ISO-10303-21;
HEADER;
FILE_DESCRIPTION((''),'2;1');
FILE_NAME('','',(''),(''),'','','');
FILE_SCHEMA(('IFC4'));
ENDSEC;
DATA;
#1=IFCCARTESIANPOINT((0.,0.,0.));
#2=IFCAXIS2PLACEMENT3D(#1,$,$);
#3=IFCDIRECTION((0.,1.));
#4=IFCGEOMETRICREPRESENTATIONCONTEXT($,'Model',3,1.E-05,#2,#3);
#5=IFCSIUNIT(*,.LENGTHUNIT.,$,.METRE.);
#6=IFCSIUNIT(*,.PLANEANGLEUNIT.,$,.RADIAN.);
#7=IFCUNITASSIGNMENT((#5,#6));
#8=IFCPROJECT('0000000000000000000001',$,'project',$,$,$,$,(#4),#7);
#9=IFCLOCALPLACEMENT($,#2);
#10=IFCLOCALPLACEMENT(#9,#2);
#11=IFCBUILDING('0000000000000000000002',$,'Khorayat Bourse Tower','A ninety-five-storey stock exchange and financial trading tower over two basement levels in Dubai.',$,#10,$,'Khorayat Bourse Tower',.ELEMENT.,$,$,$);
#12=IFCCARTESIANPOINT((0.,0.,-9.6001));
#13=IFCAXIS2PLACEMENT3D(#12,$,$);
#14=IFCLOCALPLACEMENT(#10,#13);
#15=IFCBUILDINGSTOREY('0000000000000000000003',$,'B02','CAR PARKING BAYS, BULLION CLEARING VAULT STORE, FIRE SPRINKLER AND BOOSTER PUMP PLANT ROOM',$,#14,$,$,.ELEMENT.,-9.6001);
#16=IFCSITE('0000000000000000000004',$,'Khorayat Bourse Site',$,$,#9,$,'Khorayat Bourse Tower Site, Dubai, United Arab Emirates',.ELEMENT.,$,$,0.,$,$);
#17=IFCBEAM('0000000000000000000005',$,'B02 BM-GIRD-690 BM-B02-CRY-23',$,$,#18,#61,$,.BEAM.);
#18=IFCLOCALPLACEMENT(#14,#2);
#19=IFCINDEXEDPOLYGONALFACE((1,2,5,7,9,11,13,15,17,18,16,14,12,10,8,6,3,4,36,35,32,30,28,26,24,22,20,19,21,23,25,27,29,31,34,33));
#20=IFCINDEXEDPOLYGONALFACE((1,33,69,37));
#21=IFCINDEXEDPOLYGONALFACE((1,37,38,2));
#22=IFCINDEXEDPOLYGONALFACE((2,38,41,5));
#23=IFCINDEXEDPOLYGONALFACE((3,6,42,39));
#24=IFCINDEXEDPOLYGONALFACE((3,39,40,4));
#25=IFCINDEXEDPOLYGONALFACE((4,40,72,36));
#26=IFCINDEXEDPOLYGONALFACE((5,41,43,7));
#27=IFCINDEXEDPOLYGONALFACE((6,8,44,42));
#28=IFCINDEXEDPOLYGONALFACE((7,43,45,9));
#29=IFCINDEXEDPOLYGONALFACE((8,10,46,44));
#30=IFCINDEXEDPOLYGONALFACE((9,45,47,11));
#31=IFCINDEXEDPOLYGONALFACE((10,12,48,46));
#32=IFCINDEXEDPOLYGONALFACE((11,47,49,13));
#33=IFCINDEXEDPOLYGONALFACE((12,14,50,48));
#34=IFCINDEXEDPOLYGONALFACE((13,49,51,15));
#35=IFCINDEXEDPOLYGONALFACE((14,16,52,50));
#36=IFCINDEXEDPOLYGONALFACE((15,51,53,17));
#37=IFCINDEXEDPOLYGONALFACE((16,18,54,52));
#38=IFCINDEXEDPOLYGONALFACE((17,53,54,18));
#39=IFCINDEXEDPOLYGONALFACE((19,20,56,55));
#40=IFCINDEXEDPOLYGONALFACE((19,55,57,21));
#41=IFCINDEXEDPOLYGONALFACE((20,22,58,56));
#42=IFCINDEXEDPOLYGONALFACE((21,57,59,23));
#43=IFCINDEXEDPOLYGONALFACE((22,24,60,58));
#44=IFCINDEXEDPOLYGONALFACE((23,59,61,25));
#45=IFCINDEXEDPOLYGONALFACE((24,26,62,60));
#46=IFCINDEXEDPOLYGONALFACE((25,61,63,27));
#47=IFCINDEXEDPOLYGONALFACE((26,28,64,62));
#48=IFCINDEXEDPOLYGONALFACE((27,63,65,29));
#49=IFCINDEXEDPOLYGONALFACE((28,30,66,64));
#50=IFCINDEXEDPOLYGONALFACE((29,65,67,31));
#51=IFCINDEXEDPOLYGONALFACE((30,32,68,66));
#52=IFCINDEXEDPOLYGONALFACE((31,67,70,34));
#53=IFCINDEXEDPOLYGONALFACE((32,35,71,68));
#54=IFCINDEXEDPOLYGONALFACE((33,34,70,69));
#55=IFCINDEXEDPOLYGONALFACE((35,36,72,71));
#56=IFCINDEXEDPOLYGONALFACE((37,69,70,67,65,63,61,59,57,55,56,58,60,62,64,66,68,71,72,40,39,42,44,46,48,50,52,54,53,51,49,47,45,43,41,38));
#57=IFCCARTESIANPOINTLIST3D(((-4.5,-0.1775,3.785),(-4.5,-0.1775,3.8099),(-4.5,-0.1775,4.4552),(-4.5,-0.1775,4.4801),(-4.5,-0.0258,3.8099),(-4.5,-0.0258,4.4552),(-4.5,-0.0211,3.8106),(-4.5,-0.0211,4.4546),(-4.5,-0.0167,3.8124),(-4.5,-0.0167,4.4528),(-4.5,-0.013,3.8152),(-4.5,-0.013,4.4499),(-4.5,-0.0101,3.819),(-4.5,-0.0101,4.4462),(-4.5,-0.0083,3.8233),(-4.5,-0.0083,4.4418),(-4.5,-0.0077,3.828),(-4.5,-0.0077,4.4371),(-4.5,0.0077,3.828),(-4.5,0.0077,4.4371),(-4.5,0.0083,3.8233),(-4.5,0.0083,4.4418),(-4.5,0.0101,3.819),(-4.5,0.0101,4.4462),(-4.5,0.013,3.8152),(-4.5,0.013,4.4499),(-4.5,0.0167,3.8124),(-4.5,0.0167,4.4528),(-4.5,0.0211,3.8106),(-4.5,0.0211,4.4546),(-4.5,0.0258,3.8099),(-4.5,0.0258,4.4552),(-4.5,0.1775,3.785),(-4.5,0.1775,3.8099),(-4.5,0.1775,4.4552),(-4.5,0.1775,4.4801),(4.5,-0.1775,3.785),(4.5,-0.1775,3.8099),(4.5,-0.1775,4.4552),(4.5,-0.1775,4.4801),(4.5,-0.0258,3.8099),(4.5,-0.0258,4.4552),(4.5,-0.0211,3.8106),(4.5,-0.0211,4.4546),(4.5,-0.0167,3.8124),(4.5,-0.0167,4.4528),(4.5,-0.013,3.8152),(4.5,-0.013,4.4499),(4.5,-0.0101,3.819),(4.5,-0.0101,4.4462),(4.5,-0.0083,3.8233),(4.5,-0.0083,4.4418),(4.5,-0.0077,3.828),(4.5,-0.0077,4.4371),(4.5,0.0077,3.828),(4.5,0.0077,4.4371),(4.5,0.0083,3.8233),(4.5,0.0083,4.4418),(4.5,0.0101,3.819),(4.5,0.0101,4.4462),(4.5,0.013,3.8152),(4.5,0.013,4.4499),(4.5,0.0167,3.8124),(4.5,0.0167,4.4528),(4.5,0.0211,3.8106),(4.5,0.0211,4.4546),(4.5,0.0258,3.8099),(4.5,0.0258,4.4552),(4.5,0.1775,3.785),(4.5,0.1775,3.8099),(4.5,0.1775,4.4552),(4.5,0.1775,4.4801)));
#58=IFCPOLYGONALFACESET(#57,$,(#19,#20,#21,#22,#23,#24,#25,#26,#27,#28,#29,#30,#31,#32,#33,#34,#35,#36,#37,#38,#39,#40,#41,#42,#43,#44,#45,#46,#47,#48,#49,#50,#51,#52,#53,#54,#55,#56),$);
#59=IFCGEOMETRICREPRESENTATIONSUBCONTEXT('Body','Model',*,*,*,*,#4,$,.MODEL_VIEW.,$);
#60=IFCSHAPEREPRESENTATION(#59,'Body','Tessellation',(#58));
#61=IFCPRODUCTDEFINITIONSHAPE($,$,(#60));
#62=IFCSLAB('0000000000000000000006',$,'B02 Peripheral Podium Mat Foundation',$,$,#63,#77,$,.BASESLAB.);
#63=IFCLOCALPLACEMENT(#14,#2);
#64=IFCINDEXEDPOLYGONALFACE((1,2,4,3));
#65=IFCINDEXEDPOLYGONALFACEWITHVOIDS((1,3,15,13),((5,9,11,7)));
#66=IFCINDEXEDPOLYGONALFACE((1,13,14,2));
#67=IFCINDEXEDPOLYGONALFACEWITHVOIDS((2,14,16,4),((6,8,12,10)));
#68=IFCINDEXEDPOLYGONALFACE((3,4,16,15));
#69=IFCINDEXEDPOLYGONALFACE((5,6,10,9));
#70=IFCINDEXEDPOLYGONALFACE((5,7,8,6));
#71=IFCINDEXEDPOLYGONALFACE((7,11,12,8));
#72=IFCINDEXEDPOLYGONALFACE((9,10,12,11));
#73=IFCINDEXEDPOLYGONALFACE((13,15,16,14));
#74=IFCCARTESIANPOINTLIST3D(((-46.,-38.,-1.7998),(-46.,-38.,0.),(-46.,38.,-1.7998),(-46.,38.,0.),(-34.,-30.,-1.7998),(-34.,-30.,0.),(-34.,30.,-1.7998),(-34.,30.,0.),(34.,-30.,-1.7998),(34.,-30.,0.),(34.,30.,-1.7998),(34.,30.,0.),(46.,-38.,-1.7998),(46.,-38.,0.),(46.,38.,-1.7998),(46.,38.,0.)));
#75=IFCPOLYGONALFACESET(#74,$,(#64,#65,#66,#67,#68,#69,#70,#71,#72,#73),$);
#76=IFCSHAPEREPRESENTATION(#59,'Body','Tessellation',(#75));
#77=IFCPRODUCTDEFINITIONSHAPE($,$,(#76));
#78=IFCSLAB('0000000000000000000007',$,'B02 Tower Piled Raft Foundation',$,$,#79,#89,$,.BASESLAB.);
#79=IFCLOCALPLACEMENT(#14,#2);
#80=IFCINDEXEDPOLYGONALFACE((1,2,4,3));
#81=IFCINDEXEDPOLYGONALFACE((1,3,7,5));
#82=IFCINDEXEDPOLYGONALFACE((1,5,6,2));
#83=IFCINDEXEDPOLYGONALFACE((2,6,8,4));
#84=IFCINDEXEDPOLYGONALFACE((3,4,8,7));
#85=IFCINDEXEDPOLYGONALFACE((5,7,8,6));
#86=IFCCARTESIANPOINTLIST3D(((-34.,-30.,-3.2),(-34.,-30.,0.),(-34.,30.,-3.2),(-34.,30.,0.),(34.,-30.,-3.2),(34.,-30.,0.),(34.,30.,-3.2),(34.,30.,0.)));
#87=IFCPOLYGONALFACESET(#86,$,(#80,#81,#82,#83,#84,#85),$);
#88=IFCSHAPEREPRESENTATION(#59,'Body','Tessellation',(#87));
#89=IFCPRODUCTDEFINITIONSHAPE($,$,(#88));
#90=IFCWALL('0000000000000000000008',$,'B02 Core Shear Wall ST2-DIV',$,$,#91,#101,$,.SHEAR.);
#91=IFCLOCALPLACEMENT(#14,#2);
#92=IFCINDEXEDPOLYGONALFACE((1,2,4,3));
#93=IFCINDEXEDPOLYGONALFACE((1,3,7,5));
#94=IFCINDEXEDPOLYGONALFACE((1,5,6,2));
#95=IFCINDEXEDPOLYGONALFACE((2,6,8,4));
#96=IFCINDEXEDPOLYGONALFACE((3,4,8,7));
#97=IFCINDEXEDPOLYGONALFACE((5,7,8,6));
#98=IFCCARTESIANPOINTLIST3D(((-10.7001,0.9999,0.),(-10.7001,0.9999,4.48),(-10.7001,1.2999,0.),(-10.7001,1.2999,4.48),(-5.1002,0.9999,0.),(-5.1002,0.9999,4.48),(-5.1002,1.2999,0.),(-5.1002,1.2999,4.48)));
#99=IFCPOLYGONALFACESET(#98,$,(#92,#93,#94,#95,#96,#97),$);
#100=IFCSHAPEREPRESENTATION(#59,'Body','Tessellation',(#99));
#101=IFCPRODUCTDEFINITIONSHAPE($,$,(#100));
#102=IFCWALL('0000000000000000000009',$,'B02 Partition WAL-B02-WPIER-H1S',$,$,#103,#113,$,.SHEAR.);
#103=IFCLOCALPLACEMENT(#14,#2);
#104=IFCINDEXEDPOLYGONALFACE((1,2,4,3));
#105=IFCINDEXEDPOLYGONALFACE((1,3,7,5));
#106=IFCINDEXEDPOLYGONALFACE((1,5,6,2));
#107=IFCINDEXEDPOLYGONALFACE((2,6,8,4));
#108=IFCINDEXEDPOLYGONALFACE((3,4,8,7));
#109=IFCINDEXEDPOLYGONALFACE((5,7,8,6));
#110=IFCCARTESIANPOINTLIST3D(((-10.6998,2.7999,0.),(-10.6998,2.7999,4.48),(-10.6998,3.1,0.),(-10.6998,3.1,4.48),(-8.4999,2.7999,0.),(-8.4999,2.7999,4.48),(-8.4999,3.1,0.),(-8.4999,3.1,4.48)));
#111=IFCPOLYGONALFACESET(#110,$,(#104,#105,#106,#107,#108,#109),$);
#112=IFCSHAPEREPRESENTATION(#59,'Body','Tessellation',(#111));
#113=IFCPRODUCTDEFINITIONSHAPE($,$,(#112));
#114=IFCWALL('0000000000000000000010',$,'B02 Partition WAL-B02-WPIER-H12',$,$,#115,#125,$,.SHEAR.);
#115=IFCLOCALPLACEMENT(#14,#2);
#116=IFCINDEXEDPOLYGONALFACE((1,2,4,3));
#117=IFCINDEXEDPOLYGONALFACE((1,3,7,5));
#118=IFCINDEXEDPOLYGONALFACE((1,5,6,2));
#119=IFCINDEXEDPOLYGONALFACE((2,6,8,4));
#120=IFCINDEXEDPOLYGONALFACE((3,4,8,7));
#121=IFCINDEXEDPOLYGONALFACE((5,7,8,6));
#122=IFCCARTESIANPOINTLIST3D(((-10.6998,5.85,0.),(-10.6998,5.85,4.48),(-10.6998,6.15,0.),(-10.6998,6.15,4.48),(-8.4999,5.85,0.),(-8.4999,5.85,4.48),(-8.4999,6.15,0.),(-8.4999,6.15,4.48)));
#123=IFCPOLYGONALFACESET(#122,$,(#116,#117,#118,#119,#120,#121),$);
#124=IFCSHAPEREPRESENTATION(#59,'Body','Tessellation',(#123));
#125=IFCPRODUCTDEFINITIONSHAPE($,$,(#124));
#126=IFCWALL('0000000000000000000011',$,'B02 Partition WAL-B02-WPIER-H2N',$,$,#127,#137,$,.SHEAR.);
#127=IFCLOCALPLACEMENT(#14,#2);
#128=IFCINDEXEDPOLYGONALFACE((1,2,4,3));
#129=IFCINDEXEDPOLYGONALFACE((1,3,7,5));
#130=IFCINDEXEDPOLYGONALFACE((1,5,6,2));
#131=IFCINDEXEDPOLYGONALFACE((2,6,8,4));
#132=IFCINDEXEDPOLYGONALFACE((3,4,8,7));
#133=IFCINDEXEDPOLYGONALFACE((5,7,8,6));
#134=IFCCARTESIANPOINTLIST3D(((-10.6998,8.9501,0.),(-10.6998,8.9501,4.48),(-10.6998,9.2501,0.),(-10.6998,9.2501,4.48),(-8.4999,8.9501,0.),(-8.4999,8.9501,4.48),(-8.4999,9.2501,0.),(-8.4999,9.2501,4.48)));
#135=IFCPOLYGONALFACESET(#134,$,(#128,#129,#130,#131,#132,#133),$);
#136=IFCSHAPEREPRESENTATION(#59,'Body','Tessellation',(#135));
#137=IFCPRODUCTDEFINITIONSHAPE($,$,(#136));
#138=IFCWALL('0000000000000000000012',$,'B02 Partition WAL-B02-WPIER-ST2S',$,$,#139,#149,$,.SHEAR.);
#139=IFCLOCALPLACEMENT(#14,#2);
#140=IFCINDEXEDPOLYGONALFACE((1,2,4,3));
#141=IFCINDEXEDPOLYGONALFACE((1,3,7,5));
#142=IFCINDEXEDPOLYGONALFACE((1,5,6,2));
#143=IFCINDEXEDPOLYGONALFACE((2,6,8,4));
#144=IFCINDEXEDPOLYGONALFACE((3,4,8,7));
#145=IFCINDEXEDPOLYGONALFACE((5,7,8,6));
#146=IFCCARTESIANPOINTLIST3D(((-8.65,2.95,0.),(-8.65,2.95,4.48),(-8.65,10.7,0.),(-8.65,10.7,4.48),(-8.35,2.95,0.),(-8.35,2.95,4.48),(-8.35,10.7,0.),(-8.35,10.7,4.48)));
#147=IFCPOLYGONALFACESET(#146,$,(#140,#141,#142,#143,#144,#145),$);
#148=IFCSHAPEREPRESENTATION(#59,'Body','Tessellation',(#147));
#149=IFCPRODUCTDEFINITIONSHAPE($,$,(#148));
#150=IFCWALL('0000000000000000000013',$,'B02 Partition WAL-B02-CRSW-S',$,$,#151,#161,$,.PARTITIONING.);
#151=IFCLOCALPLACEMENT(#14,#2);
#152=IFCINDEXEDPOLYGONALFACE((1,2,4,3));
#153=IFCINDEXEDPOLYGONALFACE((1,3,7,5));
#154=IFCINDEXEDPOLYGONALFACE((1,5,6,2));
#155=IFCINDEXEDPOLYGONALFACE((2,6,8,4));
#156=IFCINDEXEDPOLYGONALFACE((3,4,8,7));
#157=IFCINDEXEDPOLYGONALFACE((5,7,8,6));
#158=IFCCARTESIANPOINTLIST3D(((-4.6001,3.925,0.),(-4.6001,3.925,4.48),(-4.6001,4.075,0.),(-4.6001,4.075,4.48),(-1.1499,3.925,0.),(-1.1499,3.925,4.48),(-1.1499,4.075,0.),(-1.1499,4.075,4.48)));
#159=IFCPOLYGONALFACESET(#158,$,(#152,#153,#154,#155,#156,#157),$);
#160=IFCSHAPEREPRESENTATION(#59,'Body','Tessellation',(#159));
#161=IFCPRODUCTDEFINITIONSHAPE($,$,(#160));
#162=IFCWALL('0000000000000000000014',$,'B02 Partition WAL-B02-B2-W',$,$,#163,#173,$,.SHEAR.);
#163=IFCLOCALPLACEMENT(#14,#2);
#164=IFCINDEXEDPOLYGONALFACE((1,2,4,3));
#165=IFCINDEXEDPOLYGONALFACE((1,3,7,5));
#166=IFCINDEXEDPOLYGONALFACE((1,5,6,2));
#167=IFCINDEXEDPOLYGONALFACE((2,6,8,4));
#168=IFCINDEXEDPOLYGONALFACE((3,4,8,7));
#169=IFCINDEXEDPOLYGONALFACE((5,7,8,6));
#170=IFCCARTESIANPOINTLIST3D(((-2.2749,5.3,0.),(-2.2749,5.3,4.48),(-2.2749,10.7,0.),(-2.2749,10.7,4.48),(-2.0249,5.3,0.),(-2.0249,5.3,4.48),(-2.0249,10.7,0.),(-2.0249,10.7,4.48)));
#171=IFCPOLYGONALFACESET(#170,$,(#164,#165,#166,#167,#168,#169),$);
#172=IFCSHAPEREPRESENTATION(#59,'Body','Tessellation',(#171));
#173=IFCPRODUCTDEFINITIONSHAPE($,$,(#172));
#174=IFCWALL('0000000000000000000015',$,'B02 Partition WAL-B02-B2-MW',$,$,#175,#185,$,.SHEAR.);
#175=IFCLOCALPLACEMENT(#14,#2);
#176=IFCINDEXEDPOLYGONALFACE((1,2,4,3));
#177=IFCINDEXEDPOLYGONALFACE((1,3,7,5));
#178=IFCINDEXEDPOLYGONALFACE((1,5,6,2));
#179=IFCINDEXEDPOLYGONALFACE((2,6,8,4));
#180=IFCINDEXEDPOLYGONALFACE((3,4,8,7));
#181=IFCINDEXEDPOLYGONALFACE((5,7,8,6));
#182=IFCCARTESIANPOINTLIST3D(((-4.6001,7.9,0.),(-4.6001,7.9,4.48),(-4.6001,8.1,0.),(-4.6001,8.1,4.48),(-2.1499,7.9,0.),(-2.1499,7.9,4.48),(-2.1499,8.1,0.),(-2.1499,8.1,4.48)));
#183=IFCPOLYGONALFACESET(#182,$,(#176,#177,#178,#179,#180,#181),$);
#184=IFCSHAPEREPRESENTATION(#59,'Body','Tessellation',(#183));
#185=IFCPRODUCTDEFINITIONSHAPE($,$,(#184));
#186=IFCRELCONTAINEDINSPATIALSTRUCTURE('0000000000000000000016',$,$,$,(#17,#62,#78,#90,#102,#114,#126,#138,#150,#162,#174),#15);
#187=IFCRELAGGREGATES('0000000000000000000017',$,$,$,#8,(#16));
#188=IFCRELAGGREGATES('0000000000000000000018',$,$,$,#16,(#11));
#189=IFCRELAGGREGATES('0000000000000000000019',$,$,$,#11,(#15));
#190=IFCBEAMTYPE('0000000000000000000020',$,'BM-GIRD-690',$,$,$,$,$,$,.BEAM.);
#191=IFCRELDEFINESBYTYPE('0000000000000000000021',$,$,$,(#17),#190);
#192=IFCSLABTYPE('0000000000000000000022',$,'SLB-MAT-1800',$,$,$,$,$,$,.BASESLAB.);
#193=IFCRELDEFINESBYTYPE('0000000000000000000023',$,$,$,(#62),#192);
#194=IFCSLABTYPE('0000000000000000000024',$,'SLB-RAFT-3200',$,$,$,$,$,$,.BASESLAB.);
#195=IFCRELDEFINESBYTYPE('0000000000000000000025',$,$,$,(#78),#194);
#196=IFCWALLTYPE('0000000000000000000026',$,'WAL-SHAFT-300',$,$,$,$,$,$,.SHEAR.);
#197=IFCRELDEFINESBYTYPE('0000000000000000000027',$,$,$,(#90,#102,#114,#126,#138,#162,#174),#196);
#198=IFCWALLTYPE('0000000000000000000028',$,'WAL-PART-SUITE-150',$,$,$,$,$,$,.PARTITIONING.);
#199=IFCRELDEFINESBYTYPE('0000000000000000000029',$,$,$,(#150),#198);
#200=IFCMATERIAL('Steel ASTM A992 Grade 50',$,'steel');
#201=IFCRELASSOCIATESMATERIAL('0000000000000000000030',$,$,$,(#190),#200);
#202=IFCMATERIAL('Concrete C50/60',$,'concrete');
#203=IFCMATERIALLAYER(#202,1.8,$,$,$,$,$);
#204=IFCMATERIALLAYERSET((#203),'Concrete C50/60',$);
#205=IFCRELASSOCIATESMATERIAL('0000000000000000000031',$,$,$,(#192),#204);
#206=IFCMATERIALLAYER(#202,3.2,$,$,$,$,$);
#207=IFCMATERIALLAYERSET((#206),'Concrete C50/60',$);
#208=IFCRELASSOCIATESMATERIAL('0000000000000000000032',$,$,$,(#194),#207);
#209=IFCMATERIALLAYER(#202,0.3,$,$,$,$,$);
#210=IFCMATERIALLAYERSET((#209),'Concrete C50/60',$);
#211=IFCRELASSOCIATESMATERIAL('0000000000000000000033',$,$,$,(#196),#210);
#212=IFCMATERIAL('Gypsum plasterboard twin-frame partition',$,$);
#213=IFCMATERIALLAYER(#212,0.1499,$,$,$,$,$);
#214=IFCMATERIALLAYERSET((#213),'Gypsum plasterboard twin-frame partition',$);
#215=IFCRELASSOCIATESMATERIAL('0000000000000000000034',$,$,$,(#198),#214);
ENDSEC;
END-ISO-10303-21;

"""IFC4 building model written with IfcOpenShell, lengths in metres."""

from ifc_helpers import new_model, si_unit, direction, frame, frame_2d, origin, origin_2d, place, context, subcontext, project, spatial, polyline, rectangle, i_section, outline, extrude, source, transform, mapped, material, layer, layer_set, material_profile, profile_set, type_object, element, save


model = new_model("IFC4")

# Units and contexts
model_context = context("Model", 3, precision=1e-05, world=origin(), true_north=direction((0.0, 1.0)))
body_context = subcontext(model_context, "Body", "Model", "MODEL_VIEW")
ifc_project = project(units=[si_unit("LENGTHUNIT", "METRE"), si_unit("PLANEANGLEUNIT", "RADIAN")], contexts=[model_context])

# Site, building, storey
site_placement = place(None, origin())
site = spatial("IfcSite", under=ifc_project, at=site_placement, Name="Khorayat Bourse Site", LongName="Khorayat Bourse Tower Site, Dubai, United Arab Emirates", CompositionType="ELEMENT", RefElevation=0.0)
building_placement = place(site_placement, origin())
building = spatial("IfcBuilding", under=site, at=building_placement, Name="Khorayat Bourse Tower", Description="A ninety-five-storey stock exchange and financial trading tower over two basement levels in Dubai.", LongName="Khorayat Bourse Tower", CompositionType="ELEMENT")
storey_placement = place(building_placement, frame((0.0, 0.0, -9.6001)))
storey = spatial("IfcBuildingStorey", under=building, at=storey_placement, Name="B02", Description="CAR PARKING BAYS, BULLION CLEARING VAULT STORE, FIRE SPRINKLER AND BOOSTER PUMP PLANT ROOM", CompositionType="ELEMENT", Elevation=-9.6001)

# Shared definitions
ifc_material_1 = material(Name="Concrete C50/60", Category="concrete")

# Beam
ifc_material_2 = material(Name="Steel ASTM A992 Grade 50", Category="steel")
ifc_material_profile_1 = material_profile(ifc_material_2, i_section(OverallWidth=0.355, OverallDepth=0.6951, WebThickness=0.0154, FlangeThickness=0.0249, FilletRadius=0.0181, at=origin_2d()), Name="W690X217")
ifc_profile_set_1 = profile_set([ifc_material_profile_1], Name="Steel ASTM A992 Grade 50")
beam_type_1 = type_object("IfcBeamType", Name="BM-GIRD-690", PredefinedType="BEAM", material=ifc_profile_set_1)
shared_shape_1 = source(origin(), body_context, "Body", "SweptSolid", [
    extrude(i_section(OverallWidth=0.355, OverallDepth=0.6951, WebThickness=0.0154, FlangeThickness=0.0249, FilletRadius=0.0181, at=origin_2d()), origin(), (0.0, 0.0, 1.0), 9.0),
])
beam_1_placement = place(storey_placement, frame((-4.5, 0.0, 4.1326), z_axis=(1.0, 0.0, 0.0), x_axis=(0.0, 1.0, 0.0)))
element("IfcBeam", 1, at=beam_1_placement, inside=storey, type_object=beam_type_1, Name="B02 BM-GIRD-690 BM-B02-CRY-23", PredefinedType="BEAM", context=body_context, shape_type="MappedRepresentation", body=[
    mapped(shared_shape_1, transform((0.0, 0.0, 0.0), scale=1.0)),
])

# Slabs
ifc_layer_1 = layer(ifc_material_1, 1.8)
ifc_layer_set_1 = layer_set([ifc_layer_1], Name="Concrete C50/60")
slab_type_1 = type_object("IfcSlabType", Name="SLB-MAT-1800", PredefinedType="BASESLAB", material=ifc_layer_set_1)
slab_1_placement = place(storey_placement, frame((0.0, 0.0, -1.7998)))
element("IfcSlab", 2, at=slab_1_placement, inside=storey, type_object=slab_type_1, Name="B02 Peripheral Podium Mat Foundation", PredefinedType="BASESLAB", context=body_context, shape_type="SweptSolid", body=[
    extrude(outline(polyline([(-46.0, -38.0), (46.0, -38.0), (46.0, 38.0), (-46.0, 38.0), (-46.0, -38.0)]), holes=[polyline([(-34.0, -30.0), (34.0, -30.0), (34.0, 30.0), (-34.0, 30.0), (-34.0, -30.0)])]), origin(), (0.0, 0.0, 1.0), 1.7998),
])
ifc_layer_2 = layer(ifc_material_1, 3.2)
ifc_layer_set_2 = layer_set([ifc_layer_2], Name="Concrete C50/60")
slab_type_2 = type_object("IfcSlabType", Name="SLB-RAFT-3200", PredefinedType="BASESLAB", material=ifc_layer_set_2)
slab_2_placement = place(storey_placement, frame((0.0, 0.0, -3.2)))
element("IfcSlab", 3, at=slab_2_placement, inside=storey, type_object=slab_type_2, Name="B02 Tower Piled Raft Foundation", PredefinedType="BASESLAB", context=body_context, shape_type="SweptSolid", body=[
    extrude(outline(polyline([(-34.0, -30.0), (34.0, -30.0), (34.0, 30.0), (-34.0, 30.0), (-34.0, -30.0)])), origin(), (0.0, 0.0, 1.0), 3.2),
])

# Walls
ifc_layer_3 = layer(ifc_material_1, 0.3)
ifc_layer_set_3 = layer_set([ifc_layer_3], Name="Concrete C50/60")
wall_type_1 = type_object("IfcWallType", Name="WAL-SHAFT-300", PredefinedType="SHEAR", material=ifc_layer_set_3)
shared_shape_2 = source(origin(), body_context, "Body", "SweptSolid", [
    extrude(rectangle(XDim=5.5999, YDim=0.3, at=frame_2d((2.7998, 0.0))), origin(), (0.0, 0.0, 1.0), 4.48),
])
wall_1_placement = place(storey_placement, frame((-10.7, 1.1499, 0.0), z_axis=(0.0, 0.0, 1.0), x_axis=(1.0, 0.0, 0.0)))
element("IfcWall", 4, at=wall_1_placement, inside=storey, type_object=wall_type_1, Name="B02 Core Shear Wall ST2-DIV", PredefinedType="SHEAR", context=body_context, shape_type="MappedRepresentation", body=[
    mapped(shared_shape_2, transform((0.0, 0.0, 0.0), scale=1.0)),
])
shared_shape_3 = source(origin(), body_context, "Body", "SweptSolid", [
    extrude(rectangle(XDim=2.2, YDim=0.3, at=frame_2d((1.1001, 0.0))), origin(), (0.0, 0.0, 1.0), 4.48),
])
for number, where, z_axis, x_axis, name in (
    (5, (-10.7, 2.95, 0.0), (0.0, 0.0, 1.0), (1.0, 0.0, 0.0), "B02 Partition WAL-B02-WPIER-H1S"),
    (6, (-10.7, 6.0, 0.0), (0.0, 0.0, 1.0), (1.0, 0.0, 0.0), "B02 Partition WAL-B02-WPIER-H12"),
    (7, (-10.7, 9.1001, 0.0), (0.0, 0.0, 1.0), (1.0, 0.0, 0.0), "B02 Partition WAL-B02-WPIER-H2N"),
):
    element("IfcWall", number, at=place(storey_placement, frame(where, z_axis=z_axis, x_axis=x_axis)), inside=storey, type_object=wall_type_1, Name=name, PredefinedType="SHEAR", context=body_context, shape_type="MappedRepresentation", body=[
        mapped(shared_shape_3, transform((0.0, 0.0, 0.0), scale=1.0)),
    ])
shared_shape_4 = source(origin(), body_context, "Body", "SweptSolid", [
    extrude(rectangle(XDim=7.75, YDim=0.3, at=frame_2d((3.875, 0.0))), origin(), (0.0, 0.0, 1.0), 4.48),
])
wall_2_placement = place(storey_placement, frame((-8.5, 2.95, 0.0), z_axis=(0.0, 0.0, 1.0), x_axis=(0.0, 1.0, 0.0)))
element("IfcWall", 8, at=wall_2_placement, inside=storey, type_object=wall_type_1, Name="B02 Partition WAL-B02-WPIER-ST2S", PredefinedType="SHEAR", context=body_context, shape_type="MappedRepresentation", body=[
    mapped(shared_shape_4, transform((0.0, 0.0, 0.0), scale=1.0)),
])
ifc_material_3 = material(Name="Gypsum plasterboard twin-frame partition")
ifc_layer_4 = layer(ifc_material_3, 0.1499)
ifc_layer_set_4 = layer_set([ifc_layer_4], Name="Gypsum plasterboard twin-frame partition")
wall_type_2 = type_object("IfcWallType", Name="WAL-PART-SUITE-150", PredefinedType="PARTITIONING", material=ifc_layer_set_4)
shared_shape_5 = source(origin(), body_context, "Body", "SweptSolid", [
    extrude(rectangle(XDim=3.4502, YDim=0.1499, at=frame_2d((1.7251, 0.0))), origin(), (0.0, 0.0, 1.0), 4.48),
])
wall_3_placement = place(storey_placement, frame((-4.6001, 4.0, 0.0), z_axis=(0.0, 0.0, 1.0), x_axis=(1.0, 0.0, 0.0)))
element("IfcWall", 9, at=wall_3_placement, inside=storey, type_object=wall_type_2, Name="B02 Partition WAL-B02-CRSW-S", PredefinedType="PARTITIONING", context=body_context, shape_type="MappedRepresentation", body=[
    mapped(shared_shape_5, transform((0.0, 0.0, 0.0), scale=1.0)),
])
shared_shape_6 = source(origin(), body_context, "Body", "SweptSolid", [
    extrude(rectangle(XDim=5.3999, YDim=0.25, at=frame_2d((2.7, 0.0))), origin(), (0.0, 0.0, 1.0), 4.48),
])
wall_4_placement = place(storey_placement, frame((-2.1499, 5.3, 0.0), z_axis=(0.0, 0.0, 1.0), x_axis=(0.0, 1.0, 0.0)))
element("IfcWall", 10, at=wall_4_placement, inside=storey, type_object=wall_type_1, Name="B02 Partition WAL-B02-B2-W", PredefinedType="SHEAR", context=body_context, shape_type="MappedRepresentation", body=[
    mapped(shared_shape_6, transform((0.0, 0.0, 0.0), scale=1.0)),
])
shared_shape_7 = source(origin(), body_context, "Body", "SweptSolid", [
    extrude(rectangle(XDim=2.4502, YDim=0.2, at=frame_2d((1.2251, 0.0))), origin(), (0.0, 0.0, 1.0), 4.48),
])
wall_5_placement = place(storey_placement, frame((-4.6001, 8.0, 0.0), z_axis=(0.0, 0.0, 1.0), x_axis=(1.0, 0.0, 0.0)))
element("IfcWall", 11, at=wall_5_placement, inside=storey, type_object=wall_type_1, Name="B02 Partition WAL-B02-B2-MW", PredefinedType="SHEAR", context=body_context, shape_type="MappedRepresentation", body=[
    mapped(shared_shape_7, transform((0.0, 0.0, 0.0), scale=1.0)),
])

save(model, "model.ifc")
